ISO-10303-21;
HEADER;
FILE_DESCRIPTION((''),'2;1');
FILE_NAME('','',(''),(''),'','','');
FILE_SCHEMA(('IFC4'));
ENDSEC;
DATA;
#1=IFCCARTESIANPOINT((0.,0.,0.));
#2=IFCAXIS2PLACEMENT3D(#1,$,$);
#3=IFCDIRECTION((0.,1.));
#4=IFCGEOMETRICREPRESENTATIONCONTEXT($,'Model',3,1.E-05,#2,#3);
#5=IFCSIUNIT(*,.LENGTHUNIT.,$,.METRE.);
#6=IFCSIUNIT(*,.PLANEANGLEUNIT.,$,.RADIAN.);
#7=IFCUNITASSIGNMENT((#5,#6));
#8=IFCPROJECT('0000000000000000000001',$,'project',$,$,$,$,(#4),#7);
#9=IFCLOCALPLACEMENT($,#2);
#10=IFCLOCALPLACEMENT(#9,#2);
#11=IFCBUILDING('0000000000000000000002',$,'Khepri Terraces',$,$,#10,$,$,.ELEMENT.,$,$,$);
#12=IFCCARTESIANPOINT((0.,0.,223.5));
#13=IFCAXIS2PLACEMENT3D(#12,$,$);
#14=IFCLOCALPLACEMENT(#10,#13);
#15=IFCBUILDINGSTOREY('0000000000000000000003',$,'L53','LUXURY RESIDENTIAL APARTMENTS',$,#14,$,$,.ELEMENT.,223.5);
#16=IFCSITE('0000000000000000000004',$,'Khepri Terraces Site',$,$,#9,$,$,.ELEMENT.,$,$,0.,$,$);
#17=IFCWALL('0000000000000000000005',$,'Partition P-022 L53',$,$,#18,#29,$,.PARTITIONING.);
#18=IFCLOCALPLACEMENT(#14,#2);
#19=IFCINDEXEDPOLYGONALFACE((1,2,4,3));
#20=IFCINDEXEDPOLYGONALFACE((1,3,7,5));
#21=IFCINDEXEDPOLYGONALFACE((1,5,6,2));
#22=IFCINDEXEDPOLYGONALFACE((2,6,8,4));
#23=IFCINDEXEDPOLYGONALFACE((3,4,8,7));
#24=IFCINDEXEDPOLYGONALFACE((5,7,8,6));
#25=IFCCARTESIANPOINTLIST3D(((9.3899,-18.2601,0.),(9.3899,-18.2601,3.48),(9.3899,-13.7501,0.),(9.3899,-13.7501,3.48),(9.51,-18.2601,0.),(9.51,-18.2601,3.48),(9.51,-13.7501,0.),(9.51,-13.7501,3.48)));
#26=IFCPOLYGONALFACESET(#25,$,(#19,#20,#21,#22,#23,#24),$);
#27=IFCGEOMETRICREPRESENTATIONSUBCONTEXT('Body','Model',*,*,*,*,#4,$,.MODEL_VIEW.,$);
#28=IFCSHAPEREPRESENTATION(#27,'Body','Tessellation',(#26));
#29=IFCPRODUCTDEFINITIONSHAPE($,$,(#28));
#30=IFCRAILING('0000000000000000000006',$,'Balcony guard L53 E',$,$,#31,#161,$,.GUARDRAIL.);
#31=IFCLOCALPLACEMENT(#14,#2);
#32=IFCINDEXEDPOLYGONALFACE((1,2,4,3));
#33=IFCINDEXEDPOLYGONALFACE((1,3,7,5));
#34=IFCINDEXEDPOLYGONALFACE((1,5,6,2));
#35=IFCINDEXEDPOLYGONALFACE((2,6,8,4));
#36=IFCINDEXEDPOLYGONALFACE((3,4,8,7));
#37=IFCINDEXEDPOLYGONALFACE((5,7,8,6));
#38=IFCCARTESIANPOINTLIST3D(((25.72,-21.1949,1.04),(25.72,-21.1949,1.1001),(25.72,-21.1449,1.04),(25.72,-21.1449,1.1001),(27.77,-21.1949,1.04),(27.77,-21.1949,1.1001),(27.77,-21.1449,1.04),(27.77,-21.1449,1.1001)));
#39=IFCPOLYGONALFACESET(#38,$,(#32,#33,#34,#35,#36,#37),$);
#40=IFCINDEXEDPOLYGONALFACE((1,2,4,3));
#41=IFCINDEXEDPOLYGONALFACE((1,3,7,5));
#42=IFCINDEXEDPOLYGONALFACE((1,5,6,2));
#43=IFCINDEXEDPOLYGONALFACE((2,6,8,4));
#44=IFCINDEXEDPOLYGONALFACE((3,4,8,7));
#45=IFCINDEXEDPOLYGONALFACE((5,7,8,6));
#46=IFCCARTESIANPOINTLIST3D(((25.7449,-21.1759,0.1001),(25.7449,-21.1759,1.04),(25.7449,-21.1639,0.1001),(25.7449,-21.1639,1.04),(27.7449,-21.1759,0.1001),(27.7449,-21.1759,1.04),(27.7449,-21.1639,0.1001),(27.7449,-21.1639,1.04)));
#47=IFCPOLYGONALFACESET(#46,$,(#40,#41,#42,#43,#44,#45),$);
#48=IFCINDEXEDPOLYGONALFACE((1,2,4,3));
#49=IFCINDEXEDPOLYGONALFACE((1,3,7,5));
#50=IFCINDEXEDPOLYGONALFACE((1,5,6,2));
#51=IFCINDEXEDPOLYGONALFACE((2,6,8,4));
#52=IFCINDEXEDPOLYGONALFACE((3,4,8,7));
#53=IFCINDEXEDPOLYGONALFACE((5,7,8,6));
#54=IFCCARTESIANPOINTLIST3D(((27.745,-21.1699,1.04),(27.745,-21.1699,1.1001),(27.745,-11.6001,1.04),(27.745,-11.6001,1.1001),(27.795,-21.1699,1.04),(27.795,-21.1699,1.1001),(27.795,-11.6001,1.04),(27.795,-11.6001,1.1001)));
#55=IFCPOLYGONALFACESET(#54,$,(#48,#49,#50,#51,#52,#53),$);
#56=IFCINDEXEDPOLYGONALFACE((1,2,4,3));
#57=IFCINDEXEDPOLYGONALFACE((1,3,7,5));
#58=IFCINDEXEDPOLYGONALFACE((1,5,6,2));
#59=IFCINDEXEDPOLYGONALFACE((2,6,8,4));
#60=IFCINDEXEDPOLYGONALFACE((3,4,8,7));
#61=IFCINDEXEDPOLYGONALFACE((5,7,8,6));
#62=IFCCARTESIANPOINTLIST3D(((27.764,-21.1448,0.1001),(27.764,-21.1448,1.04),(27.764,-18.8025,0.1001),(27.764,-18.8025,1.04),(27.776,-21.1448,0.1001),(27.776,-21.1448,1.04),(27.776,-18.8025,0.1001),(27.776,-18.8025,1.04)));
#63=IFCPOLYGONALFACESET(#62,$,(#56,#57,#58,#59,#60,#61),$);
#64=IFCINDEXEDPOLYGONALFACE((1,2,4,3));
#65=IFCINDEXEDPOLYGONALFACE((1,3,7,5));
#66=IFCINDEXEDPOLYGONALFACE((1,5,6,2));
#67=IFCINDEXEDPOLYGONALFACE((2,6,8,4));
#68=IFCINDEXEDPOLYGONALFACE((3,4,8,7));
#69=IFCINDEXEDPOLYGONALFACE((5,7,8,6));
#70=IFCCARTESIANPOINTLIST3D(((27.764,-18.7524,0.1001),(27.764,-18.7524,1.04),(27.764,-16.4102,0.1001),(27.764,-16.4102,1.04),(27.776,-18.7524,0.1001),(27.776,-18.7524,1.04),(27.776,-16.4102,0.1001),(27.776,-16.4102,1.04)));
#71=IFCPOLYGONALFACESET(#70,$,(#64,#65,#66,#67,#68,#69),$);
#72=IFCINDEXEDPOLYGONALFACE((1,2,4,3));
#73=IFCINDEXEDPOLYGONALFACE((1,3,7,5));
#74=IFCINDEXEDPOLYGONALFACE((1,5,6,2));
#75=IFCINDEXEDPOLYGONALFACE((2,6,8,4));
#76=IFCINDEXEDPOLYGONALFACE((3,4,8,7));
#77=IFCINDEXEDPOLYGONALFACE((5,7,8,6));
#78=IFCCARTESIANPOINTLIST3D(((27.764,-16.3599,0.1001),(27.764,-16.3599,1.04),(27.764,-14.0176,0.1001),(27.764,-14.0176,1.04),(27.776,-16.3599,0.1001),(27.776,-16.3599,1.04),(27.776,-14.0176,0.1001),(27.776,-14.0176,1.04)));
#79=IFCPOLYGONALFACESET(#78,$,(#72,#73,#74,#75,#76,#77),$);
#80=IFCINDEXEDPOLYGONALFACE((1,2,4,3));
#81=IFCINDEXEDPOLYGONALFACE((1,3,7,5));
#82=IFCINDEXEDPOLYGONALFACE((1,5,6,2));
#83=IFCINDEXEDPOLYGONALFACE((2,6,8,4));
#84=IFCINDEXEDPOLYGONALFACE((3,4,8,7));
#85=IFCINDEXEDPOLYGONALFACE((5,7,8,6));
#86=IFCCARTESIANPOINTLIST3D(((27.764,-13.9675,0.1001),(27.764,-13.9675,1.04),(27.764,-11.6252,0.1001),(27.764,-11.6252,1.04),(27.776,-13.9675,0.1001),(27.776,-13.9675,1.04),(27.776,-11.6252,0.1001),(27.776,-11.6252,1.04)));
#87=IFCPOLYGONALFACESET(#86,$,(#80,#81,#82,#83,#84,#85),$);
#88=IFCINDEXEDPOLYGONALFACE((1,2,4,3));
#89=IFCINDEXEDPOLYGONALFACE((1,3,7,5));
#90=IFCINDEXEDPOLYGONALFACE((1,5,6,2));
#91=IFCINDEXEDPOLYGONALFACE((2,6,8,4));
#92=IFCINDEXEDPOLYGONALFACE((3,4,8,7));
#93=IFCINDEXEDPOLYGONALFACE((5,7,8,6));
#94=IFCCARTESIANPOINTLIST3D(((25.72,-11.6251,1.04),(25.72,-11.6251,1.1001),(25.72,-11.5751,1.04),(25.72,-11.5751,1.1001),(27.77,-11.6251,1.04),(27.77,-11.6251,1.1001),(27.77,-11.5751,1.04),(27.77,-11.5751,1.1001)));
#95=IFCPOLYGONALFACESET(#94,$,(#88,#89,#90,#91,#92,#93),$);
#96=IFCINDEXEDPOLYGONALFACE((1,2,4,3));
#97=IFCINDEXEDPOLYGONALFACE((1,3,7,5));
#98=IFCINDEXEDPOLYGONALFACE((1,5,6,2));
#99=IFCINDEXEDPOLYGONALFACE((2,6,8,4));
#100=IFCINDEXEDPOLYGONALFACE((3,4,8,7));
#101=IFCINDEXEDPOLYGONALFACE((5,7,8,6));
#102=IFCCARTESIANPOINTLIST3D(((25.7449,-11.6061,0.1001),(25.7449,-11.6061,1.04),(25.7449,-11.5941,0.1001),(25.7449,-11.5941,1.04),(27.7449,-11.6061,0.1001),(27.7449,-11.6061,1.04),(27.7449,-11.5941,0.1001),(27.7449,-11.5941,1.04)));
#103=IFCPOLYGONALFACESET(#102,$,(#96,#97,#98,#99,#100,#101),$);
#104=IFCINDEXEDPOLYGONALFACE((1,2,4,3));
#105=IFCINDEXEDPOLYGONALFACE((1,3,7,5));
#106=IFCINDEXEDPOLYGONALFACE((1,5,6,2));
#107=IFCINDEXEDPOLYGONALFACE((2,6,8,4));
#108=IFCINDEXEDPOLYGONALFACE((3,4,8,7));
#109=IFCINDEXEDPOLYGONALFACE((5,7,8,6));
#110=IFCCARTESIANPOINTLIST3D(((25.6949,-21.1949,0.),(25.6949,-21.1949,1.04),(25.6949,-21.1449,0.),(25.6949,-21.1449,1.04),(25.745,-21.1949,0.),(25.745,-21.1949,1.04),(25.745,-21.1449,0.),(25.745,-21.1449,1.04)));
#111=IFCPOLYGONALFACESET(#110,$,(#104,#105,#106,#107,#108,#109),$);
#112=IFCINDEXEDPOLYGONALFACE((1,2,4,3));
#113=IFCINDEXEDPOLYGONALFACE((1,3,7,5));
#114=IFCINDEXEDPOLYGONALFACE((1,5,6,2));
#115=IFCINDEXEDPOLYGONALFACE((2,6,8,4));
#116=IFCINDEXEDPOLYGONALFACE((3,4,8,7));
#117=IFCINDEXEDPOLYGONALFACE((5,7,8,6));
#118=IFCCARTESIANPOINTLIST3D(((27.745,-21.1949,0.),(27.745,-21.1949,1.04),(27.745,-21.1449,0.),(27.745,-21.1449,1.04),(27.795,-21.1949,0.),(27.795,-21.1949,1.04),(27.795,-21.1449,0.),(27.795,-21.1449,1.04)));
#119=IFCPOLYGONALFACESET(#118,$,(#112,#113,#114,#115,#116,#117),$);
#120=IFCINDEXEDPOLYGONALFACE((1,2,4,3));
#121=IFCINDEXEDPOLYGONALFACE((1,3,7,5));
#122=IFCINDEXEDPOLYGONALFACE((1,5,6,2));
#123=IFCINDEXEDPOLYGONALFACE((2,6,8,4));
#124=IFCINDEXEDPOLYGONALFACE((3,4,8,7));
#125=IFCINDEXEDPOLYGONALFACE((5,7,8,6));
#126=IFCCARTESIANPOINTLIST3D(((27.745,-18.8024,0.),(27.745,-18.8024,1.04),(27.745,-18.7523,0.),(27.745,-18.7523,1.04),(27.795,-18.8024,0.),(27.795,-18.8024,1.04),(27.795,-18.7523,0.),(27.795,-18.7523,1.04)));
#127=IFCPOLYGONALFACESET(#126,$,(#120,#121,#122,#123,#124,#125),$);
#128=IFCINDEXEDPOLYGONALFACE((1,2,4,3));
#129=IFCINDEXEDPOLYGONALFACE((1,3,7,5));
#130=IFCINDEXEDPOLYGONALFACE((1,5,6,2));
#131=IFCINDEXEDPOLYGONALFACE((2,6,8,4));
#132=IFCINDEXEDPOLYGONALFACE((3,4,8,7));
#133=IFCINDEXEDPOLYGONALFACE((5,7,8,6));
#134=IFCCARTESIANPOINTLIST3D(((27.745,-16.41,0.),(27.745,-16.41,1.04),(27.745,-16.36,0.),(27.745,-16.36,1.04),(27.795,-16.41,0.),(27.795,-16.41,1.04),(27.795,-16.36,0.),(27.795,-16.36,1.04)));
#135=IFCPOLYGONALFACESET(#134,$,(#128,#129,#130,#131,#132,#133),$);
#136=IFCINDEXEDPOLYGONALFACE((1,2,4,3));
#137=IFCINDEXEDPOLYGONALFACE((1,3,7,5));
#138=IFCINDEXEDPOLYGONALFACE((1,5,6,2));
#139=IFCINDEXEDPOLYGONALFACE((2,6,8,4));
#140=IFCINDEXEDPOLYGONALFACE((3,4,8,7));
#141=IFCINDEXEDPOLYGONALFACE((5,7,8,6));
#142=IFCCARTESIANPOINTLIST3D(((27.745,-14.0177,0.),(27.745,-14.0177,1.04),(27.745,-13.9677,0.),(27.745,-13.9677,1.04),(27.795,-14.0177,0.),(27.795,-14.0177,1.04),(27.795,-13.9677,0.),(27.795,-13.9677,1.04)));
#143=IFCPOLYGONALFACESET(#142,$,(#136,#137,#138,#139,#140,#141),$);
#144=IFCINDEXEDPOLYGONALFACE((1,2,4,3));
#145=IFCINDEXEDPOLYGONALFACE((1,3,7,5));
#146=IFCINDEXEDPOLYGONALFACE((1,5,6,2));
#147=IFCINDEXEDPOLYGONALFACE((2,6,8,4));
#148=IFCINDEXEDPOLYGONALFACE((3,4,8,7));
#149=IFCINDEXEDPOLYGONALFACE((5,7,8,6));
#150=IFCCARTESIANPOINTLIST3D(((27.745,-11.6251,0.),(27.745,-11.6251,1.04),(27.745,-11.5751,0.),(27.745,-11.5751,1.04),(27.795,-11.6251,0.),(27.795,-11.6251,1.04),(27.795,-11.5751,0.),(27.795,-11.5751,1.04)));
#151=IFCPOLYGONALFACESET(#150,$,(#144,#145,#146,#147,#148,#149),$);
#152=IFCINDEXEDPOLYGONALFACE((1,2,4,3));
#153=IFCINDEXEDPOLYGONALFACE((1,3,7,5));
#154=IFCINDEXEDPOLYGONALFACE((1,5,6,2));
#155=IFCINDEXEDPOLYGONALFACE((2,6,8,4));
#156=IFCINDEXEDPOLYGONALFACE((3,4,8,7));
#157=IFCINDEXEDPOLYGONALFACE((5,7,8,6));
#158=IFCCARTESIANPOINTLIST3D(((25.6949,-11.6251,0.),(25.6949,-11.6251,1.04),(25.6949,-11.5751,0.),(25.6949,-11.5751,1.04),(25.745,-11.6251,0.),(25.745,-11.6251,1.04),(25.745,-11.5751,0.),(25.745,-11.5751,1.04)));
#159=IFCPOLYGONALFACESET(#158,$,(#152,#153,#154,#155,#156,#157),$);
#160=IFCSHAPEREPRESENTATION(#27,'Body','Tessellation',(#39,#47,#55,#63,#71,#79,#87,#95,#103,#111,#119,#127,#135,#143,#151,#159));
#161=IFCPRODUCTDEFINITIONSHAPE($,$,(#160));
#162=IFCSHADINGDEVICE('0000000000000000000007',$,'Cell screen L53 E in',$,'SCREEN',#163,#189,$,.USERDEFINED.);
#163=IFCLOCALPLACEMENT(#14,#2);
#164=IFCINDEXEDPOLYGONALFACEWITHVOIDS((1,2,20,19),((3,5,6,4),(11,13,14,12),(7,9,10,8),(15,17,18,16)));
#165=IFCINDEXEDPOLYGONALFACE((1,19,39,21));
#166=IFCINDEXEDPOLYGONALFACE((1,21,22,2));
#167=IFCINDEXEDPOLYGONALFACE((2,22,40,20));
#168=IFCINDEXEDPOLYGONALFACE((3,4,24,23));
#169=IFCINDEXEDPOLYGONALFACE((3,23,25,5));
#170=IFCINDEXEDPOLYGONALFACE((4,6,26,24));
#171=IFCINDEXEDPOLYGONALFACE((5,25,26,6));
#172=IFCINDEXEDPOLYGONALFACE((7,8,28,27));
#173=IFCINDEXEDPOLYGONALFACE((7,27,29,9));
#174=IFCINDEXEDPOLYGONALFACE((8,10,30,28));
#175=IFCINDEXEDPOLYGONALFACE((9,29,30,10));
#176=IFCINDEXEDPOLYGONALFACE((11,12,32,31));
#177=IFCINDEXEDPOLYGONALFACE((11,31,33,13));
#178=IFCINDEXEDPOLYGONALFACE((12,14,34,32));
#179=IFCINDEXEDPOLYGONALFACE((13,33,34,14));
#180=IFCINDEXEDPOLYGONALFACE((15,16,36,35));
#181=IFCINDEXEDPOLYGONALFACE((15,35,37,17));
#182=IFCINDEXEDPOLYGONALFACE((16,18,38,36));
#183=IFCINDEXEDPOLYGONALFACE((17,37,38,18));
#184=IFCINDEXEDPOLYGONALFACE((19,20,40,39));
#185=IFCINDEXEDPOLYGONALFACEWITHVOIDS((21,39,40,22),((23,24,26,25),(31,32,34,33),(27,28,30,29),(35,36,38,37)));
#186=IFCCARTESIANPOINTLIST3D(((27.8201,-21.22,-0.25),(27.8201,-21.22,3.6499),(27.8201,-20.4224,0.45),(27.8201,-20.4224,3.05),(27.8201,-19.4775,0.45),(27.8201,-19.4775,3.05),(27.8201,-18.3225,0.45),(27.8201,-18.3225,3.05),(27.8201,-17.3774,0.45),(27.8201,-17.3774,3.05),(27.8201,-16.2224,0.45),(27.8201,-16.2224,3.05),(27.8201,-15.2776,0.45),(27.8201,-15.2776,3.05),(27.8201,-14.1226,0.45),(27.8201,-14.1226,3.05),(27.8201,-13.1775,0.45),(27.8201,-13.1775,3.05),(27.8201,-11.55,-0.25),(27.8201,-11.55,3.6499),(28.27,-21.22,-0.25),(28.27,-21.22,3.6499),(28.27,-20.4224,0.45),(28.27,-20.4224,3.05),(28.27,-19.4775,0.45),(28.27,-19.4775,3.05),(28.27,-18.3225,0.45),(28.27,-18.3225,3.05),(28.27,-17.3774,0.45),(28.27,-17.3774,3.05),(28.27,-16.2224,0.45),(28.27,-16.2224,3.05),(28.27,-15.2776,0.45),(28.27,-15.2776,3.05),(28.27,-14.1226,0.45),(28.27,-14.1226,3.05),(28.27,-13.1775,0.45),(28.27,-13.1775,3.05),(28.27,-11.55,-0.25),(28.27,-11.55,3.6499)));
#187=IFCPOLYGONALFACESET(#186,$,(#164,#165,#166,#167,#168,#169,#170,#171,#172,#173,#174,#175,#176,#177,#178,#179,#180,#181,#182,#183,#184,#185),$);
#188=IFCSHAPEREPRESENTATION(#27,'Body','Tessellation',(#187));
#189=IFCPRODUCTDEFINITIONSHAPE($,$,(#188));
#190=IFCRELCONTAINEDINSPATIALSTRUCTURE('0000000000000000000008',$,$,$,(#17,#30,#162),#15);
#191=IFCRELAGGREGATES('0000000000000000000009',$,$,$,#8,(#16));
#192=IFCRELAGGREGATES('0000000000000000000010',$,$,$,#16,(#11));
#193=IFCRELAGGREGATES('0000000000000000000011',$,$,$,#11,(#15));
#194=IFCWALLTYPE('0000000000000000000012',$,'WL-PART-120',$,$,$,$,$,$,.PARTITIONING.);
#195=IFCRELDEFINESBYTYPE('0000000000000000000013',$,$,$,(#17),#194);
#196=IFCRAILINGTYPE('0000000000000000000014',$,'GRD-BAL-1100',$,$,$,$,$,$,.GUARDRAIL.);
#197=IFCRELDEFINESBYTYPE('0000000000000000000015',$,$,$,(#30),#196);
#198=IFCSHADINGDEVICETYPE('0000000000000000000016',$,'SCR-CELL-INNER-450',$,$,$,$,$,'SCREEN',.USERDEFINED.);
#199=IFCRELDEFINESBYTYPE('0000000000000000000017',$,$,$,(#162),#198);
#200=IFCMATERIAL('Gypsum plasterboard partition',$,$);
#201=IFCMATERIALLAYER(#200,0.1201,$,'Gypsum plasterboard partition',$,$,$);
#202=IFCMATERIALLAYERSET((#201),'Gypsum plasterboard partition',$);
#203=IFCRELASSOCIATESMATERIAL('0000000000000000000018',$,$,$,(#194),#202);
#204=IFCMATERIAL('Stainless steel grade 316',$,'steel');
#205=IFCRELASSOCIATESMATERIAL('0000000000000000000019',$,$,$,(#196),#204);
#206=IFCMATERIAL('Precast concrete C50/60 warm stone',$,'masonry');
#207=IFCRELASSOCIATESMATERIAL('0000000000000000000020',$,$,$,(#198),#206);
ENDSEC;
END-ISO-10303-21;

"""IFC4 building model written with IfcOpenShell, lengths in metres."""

from ifc_helpers import new_model, si_unit, direction, frame, frame_2d, origin, origin_2d, place, context, subcontext, project, spatial, polyline, rectangle, outline, extrude, material, layer, layer_set, type_object, element, save


model = new_model("IFC4")

# Units and contexts
model_context = context("Model", 3, precision=1e-05, world=origin(), true_north=direction((0.0, 1.0)))
body_context = subcontext(model_context, "Body", "Model", "MODEL_VIEW")
ifc_project = project(units=[si_unit("LENGTHUNIT", "METRE"), si_unit("PLANEANGLEUNIT", "RADIAN")], contexts=[model_context])

# Site, building, storey
site_placement = place(None, origin())
site = spatial("IfcSite", under=ifc_project, at=site_placement, Name="Khepri Terraces Site", CompositionType="ELEMENT", RefElevation=0.0)
building_placement = place(site_placement, origin())
building = spatial("IfcBuilding", under=site, at=building_placement, Name="Khepri Terraces", CompositionType="ELEMENT")
storey_placement = place(building_placement, frame((0.0, 0.0, 223.5)))
storey = spatial("IfcBuildingStorey", under=building, at=storey_placement, Name="L53", Description="LUXURY RESIDENTIAL APARTMENTS", CompositionType="ELEMENT", Elevation=223.5)

# Shared definitions
ifc_material_1 = material(Name="Precast concrete C50/60 warm stone", Category="masonry")

# Wall
ifc_material_2 = material(Name="Gypsum plasterboard partition")
ifc_layer_1 = layer(ifc_material_2, 0.1201, Name="Gypsum plasterboard partition")
ifc_layer_set_1 = layer_set([ifc_layer_1], Name="Gypsum plasterboard partition")
wall_type_1 = type_object("IfcWallType", Name="WL-PART-120", PredefinedType="PARTITIONING", material=ifc_layer_set_1)
wall_1_placement = place(storey_placement, frame((9.45, -18.26, 0.0), z_axis=(0.0, 0.0, 1.0), x_axis=(0.0, 1.0, 0.0)))
element("IfcWall", 1, at=wall_1_placement, inside=storey, type_object=wall_type_1, Name="Partition P-022 L53", PredefinedType="PARTITIONING", context=body_context, shape_type="SweptSolid", body=[
    extrude(rectangle(XDim=4.51, YDim=0.1201, at=frame_2d((2.2549, 0.0))), origin(), (0.0, 0.0, 1.0), 3.48),
])

# Railing
ifc_material_3 = material(Name="Stainless steel grade 316", Category="steel")
railing_type = type_object("IfcRailingType", Name="GRD-BAL-1100", PredefinedType="GUARDRAIL", material=ifc_material_3)
railing_placement = place(storey_placement, frame((25.72, -21.1699, 0.0)))
element("IfcRailing", 2, at=railing_placement, inside=storey, type_object=railing_type, Name="Balcony guard L53 E", PredefinedType="GUARDRAIL", context=body_context, shape_type="SweptSolid", body=[
    extrude(rectangle(XDim=0.05, YDim=0.0601, at=origin_2d()), frame((0.0, 0.0, 1.0701), z_axis=(1.0, 0.0, 0.0), x_axis=(0.0, 1.0, 0.0)), (0.0, 0.0, 1.0), 2.05),
    extrude(rectangle(XDim=2.0, YDim=0.012, at=origin_2d()), frame((1.0249, 0.0, 0.1001), z_axis=(0.0, 0.0, 1.0), x_axis=(1.0, 0.0, 0.0)), (0.0, 0.0, 1.0), 0.9399),
    extrude(rectangle(XDim=0.05, YDim=0.0601, at=origin_2d()), frame((2.05, 0.0, 1.0701), z_axis=(0.0, 1.0, 0.0), x_axis=(-1.0, 0.0, 0.0)), (0.0, 0.0, 1.0), 9.5698),
    extrude(rectangle(XDim=2.3423, YDim=0.012, at=origin_2d()), frame((2.05, 1.1963, 0.1001), z_axis=(0.0, 0.0, 1.0), x_axis=(0.0, 1.0, 0.0)), (0.0, 0.0, 1.0), 0.9399),
    extrude(rectangle(XDim=2.3423, YDim=0.012, at=origin_2d()), frame((2.05, 3.5886, 0.1001), z_axis=(0.0, 0.0, 1.0), x_axis=(0.0, 1.0, 0.0)), (0.0, 0.0, 1.0), 0.9399),
    extrude(rectangle(XDim=2.3423, YDim=0.012, at=origin_2d()), frame((2.05, 5.9812, 0.1001), z_axis=(0.0, 0.0, 1.0), x_axis=(0.0, 1.0, 0.0)), (0.0, 0.0, 1.0), 0.9399),
    extrude(rectangle(XDim=2.3423, YDim=0.012, at=origin_2d()), frame((2.05, 8.3735, 0.1001), z_axis=(0.0, 0.0, 1.0), x_axis=(0.0, 1.0, 0.0)), (0.0, 0.0, 1.0), 0.9399),
    extrude(rectangle(XDim=0.05, YDim=0.0601, at=origin_2d()), frame((2.05, 9.5698, 1.0701), z_axis=(-1.0, 0.0, 0.0), x_axis=(0.0, -1.0, 0.0)), (0.0, 0.0, 1.0), 2.05),
    extrude(rectangle(XDim=2.0, YDim=0.012, at=origin_2d()), frame((1.0249, 9.5698, 0.1001), z_axis=(0.0, 0.0, 1.0), x_axis=(-1.0, 0.0, 0.0)), (0.0, 0.0, 1.0), 0.9399),
    extrude(rectangle(XDim=0.05, YDim=0.05, at=origin_2d()), origin(), (0.0, 0.0, 1.0), 1.04),
    extrude(rectangle(XDim=0.05, YDim=0.05, at=origin_2d()), frame((2.05, 0.0, 0.0)), (0.0, 0.0, 1.0), 1.04),
    extrude(rectangle(XDim=0.05, YDim=0.05, at=origin_2d()), frame((2.05, 2.3926, 0.0)), (0.0, 0.0, 1.0), 1.04),
    extrude(rectangle(XDim=0.05, YDim=0.05, at=origin_2d()), frame((2.05, 4.7849, 0.0)), (0.0, 0.0, 1.0), 1.04),
    extrude(rectangle(XDim=0.05, YDim=0.05, at=origin_2d()), frame((2.05, 7.1772, 0.0)), (0.0, 0.0, 1.0), 1.04),
    extrude(rectangle(XDim=0.05, YDim=0.05, at=origin_2d()), frame((2.05, 9.5698, 0.0)), (0.0, 0.0, 1.0), 1.04),
    extrude(rectangle(XDim=0.05, YDim=0.05, at=origin_2d()), frame((0.0, 9.5698, 0.0)), (0.0, 0.0, 1.0), 1.04),
])

# Shading device
shading_device_type_1 = type_object("IfcShadingDeviceType", Name="SCR-CELL-INNER-450", ElementType="SCREEN", PredefinedType="USERDEFINED", material=ifc_material_1)
shading_device_1_placement = place(storey_placement, frame((27.8201, -21.22, -0.25), z_axis=(1.0, 0.0, 0.0), x_axis=(0.0, 1.0, 0.0)))
element("IfcShadingDevice", 3, at=shading_device_1_placement, inside=storey, type_object=shading_device_type_1, Name="Cell screen L53 E in", ObjectType="SCREEN", PredefinedType="USERDEFINED", context=body_context, shape_type="SweptSolid", body=[
    extrude(outline(polyline([(0.0, 0.0), (9.6699, 0.0), (9.6699, 3.8999), (0.0, 3.8999), (0.0, 0.0)]), holes=[polyline([(0.7976, 0.7), (1.7424, 0.7), (1.7424, 3.3), (0.7976, 3.3), (0.7976, 0.7)]), polyline([(2.8975, 0.7), (3.8425, 0.7), (3.8425, 3.3), (2.8975, 3.3), (2.8975, 0.7)]), polyline([(4.9976, 0.7), (5.9424, 0.7), (5.9424, 3.3), (4.9976, 3.3), (4.9976, 0.7)]), polyline([(7.0974, 0.7), (8.0425, 0.7), (8.0425, 3.3), (7.0974, 3.3), (7.0974, 0.7)])]), origin(), (0.0, 0.0, 1.0), 0.45),
])

save(model, "model.ifc")
